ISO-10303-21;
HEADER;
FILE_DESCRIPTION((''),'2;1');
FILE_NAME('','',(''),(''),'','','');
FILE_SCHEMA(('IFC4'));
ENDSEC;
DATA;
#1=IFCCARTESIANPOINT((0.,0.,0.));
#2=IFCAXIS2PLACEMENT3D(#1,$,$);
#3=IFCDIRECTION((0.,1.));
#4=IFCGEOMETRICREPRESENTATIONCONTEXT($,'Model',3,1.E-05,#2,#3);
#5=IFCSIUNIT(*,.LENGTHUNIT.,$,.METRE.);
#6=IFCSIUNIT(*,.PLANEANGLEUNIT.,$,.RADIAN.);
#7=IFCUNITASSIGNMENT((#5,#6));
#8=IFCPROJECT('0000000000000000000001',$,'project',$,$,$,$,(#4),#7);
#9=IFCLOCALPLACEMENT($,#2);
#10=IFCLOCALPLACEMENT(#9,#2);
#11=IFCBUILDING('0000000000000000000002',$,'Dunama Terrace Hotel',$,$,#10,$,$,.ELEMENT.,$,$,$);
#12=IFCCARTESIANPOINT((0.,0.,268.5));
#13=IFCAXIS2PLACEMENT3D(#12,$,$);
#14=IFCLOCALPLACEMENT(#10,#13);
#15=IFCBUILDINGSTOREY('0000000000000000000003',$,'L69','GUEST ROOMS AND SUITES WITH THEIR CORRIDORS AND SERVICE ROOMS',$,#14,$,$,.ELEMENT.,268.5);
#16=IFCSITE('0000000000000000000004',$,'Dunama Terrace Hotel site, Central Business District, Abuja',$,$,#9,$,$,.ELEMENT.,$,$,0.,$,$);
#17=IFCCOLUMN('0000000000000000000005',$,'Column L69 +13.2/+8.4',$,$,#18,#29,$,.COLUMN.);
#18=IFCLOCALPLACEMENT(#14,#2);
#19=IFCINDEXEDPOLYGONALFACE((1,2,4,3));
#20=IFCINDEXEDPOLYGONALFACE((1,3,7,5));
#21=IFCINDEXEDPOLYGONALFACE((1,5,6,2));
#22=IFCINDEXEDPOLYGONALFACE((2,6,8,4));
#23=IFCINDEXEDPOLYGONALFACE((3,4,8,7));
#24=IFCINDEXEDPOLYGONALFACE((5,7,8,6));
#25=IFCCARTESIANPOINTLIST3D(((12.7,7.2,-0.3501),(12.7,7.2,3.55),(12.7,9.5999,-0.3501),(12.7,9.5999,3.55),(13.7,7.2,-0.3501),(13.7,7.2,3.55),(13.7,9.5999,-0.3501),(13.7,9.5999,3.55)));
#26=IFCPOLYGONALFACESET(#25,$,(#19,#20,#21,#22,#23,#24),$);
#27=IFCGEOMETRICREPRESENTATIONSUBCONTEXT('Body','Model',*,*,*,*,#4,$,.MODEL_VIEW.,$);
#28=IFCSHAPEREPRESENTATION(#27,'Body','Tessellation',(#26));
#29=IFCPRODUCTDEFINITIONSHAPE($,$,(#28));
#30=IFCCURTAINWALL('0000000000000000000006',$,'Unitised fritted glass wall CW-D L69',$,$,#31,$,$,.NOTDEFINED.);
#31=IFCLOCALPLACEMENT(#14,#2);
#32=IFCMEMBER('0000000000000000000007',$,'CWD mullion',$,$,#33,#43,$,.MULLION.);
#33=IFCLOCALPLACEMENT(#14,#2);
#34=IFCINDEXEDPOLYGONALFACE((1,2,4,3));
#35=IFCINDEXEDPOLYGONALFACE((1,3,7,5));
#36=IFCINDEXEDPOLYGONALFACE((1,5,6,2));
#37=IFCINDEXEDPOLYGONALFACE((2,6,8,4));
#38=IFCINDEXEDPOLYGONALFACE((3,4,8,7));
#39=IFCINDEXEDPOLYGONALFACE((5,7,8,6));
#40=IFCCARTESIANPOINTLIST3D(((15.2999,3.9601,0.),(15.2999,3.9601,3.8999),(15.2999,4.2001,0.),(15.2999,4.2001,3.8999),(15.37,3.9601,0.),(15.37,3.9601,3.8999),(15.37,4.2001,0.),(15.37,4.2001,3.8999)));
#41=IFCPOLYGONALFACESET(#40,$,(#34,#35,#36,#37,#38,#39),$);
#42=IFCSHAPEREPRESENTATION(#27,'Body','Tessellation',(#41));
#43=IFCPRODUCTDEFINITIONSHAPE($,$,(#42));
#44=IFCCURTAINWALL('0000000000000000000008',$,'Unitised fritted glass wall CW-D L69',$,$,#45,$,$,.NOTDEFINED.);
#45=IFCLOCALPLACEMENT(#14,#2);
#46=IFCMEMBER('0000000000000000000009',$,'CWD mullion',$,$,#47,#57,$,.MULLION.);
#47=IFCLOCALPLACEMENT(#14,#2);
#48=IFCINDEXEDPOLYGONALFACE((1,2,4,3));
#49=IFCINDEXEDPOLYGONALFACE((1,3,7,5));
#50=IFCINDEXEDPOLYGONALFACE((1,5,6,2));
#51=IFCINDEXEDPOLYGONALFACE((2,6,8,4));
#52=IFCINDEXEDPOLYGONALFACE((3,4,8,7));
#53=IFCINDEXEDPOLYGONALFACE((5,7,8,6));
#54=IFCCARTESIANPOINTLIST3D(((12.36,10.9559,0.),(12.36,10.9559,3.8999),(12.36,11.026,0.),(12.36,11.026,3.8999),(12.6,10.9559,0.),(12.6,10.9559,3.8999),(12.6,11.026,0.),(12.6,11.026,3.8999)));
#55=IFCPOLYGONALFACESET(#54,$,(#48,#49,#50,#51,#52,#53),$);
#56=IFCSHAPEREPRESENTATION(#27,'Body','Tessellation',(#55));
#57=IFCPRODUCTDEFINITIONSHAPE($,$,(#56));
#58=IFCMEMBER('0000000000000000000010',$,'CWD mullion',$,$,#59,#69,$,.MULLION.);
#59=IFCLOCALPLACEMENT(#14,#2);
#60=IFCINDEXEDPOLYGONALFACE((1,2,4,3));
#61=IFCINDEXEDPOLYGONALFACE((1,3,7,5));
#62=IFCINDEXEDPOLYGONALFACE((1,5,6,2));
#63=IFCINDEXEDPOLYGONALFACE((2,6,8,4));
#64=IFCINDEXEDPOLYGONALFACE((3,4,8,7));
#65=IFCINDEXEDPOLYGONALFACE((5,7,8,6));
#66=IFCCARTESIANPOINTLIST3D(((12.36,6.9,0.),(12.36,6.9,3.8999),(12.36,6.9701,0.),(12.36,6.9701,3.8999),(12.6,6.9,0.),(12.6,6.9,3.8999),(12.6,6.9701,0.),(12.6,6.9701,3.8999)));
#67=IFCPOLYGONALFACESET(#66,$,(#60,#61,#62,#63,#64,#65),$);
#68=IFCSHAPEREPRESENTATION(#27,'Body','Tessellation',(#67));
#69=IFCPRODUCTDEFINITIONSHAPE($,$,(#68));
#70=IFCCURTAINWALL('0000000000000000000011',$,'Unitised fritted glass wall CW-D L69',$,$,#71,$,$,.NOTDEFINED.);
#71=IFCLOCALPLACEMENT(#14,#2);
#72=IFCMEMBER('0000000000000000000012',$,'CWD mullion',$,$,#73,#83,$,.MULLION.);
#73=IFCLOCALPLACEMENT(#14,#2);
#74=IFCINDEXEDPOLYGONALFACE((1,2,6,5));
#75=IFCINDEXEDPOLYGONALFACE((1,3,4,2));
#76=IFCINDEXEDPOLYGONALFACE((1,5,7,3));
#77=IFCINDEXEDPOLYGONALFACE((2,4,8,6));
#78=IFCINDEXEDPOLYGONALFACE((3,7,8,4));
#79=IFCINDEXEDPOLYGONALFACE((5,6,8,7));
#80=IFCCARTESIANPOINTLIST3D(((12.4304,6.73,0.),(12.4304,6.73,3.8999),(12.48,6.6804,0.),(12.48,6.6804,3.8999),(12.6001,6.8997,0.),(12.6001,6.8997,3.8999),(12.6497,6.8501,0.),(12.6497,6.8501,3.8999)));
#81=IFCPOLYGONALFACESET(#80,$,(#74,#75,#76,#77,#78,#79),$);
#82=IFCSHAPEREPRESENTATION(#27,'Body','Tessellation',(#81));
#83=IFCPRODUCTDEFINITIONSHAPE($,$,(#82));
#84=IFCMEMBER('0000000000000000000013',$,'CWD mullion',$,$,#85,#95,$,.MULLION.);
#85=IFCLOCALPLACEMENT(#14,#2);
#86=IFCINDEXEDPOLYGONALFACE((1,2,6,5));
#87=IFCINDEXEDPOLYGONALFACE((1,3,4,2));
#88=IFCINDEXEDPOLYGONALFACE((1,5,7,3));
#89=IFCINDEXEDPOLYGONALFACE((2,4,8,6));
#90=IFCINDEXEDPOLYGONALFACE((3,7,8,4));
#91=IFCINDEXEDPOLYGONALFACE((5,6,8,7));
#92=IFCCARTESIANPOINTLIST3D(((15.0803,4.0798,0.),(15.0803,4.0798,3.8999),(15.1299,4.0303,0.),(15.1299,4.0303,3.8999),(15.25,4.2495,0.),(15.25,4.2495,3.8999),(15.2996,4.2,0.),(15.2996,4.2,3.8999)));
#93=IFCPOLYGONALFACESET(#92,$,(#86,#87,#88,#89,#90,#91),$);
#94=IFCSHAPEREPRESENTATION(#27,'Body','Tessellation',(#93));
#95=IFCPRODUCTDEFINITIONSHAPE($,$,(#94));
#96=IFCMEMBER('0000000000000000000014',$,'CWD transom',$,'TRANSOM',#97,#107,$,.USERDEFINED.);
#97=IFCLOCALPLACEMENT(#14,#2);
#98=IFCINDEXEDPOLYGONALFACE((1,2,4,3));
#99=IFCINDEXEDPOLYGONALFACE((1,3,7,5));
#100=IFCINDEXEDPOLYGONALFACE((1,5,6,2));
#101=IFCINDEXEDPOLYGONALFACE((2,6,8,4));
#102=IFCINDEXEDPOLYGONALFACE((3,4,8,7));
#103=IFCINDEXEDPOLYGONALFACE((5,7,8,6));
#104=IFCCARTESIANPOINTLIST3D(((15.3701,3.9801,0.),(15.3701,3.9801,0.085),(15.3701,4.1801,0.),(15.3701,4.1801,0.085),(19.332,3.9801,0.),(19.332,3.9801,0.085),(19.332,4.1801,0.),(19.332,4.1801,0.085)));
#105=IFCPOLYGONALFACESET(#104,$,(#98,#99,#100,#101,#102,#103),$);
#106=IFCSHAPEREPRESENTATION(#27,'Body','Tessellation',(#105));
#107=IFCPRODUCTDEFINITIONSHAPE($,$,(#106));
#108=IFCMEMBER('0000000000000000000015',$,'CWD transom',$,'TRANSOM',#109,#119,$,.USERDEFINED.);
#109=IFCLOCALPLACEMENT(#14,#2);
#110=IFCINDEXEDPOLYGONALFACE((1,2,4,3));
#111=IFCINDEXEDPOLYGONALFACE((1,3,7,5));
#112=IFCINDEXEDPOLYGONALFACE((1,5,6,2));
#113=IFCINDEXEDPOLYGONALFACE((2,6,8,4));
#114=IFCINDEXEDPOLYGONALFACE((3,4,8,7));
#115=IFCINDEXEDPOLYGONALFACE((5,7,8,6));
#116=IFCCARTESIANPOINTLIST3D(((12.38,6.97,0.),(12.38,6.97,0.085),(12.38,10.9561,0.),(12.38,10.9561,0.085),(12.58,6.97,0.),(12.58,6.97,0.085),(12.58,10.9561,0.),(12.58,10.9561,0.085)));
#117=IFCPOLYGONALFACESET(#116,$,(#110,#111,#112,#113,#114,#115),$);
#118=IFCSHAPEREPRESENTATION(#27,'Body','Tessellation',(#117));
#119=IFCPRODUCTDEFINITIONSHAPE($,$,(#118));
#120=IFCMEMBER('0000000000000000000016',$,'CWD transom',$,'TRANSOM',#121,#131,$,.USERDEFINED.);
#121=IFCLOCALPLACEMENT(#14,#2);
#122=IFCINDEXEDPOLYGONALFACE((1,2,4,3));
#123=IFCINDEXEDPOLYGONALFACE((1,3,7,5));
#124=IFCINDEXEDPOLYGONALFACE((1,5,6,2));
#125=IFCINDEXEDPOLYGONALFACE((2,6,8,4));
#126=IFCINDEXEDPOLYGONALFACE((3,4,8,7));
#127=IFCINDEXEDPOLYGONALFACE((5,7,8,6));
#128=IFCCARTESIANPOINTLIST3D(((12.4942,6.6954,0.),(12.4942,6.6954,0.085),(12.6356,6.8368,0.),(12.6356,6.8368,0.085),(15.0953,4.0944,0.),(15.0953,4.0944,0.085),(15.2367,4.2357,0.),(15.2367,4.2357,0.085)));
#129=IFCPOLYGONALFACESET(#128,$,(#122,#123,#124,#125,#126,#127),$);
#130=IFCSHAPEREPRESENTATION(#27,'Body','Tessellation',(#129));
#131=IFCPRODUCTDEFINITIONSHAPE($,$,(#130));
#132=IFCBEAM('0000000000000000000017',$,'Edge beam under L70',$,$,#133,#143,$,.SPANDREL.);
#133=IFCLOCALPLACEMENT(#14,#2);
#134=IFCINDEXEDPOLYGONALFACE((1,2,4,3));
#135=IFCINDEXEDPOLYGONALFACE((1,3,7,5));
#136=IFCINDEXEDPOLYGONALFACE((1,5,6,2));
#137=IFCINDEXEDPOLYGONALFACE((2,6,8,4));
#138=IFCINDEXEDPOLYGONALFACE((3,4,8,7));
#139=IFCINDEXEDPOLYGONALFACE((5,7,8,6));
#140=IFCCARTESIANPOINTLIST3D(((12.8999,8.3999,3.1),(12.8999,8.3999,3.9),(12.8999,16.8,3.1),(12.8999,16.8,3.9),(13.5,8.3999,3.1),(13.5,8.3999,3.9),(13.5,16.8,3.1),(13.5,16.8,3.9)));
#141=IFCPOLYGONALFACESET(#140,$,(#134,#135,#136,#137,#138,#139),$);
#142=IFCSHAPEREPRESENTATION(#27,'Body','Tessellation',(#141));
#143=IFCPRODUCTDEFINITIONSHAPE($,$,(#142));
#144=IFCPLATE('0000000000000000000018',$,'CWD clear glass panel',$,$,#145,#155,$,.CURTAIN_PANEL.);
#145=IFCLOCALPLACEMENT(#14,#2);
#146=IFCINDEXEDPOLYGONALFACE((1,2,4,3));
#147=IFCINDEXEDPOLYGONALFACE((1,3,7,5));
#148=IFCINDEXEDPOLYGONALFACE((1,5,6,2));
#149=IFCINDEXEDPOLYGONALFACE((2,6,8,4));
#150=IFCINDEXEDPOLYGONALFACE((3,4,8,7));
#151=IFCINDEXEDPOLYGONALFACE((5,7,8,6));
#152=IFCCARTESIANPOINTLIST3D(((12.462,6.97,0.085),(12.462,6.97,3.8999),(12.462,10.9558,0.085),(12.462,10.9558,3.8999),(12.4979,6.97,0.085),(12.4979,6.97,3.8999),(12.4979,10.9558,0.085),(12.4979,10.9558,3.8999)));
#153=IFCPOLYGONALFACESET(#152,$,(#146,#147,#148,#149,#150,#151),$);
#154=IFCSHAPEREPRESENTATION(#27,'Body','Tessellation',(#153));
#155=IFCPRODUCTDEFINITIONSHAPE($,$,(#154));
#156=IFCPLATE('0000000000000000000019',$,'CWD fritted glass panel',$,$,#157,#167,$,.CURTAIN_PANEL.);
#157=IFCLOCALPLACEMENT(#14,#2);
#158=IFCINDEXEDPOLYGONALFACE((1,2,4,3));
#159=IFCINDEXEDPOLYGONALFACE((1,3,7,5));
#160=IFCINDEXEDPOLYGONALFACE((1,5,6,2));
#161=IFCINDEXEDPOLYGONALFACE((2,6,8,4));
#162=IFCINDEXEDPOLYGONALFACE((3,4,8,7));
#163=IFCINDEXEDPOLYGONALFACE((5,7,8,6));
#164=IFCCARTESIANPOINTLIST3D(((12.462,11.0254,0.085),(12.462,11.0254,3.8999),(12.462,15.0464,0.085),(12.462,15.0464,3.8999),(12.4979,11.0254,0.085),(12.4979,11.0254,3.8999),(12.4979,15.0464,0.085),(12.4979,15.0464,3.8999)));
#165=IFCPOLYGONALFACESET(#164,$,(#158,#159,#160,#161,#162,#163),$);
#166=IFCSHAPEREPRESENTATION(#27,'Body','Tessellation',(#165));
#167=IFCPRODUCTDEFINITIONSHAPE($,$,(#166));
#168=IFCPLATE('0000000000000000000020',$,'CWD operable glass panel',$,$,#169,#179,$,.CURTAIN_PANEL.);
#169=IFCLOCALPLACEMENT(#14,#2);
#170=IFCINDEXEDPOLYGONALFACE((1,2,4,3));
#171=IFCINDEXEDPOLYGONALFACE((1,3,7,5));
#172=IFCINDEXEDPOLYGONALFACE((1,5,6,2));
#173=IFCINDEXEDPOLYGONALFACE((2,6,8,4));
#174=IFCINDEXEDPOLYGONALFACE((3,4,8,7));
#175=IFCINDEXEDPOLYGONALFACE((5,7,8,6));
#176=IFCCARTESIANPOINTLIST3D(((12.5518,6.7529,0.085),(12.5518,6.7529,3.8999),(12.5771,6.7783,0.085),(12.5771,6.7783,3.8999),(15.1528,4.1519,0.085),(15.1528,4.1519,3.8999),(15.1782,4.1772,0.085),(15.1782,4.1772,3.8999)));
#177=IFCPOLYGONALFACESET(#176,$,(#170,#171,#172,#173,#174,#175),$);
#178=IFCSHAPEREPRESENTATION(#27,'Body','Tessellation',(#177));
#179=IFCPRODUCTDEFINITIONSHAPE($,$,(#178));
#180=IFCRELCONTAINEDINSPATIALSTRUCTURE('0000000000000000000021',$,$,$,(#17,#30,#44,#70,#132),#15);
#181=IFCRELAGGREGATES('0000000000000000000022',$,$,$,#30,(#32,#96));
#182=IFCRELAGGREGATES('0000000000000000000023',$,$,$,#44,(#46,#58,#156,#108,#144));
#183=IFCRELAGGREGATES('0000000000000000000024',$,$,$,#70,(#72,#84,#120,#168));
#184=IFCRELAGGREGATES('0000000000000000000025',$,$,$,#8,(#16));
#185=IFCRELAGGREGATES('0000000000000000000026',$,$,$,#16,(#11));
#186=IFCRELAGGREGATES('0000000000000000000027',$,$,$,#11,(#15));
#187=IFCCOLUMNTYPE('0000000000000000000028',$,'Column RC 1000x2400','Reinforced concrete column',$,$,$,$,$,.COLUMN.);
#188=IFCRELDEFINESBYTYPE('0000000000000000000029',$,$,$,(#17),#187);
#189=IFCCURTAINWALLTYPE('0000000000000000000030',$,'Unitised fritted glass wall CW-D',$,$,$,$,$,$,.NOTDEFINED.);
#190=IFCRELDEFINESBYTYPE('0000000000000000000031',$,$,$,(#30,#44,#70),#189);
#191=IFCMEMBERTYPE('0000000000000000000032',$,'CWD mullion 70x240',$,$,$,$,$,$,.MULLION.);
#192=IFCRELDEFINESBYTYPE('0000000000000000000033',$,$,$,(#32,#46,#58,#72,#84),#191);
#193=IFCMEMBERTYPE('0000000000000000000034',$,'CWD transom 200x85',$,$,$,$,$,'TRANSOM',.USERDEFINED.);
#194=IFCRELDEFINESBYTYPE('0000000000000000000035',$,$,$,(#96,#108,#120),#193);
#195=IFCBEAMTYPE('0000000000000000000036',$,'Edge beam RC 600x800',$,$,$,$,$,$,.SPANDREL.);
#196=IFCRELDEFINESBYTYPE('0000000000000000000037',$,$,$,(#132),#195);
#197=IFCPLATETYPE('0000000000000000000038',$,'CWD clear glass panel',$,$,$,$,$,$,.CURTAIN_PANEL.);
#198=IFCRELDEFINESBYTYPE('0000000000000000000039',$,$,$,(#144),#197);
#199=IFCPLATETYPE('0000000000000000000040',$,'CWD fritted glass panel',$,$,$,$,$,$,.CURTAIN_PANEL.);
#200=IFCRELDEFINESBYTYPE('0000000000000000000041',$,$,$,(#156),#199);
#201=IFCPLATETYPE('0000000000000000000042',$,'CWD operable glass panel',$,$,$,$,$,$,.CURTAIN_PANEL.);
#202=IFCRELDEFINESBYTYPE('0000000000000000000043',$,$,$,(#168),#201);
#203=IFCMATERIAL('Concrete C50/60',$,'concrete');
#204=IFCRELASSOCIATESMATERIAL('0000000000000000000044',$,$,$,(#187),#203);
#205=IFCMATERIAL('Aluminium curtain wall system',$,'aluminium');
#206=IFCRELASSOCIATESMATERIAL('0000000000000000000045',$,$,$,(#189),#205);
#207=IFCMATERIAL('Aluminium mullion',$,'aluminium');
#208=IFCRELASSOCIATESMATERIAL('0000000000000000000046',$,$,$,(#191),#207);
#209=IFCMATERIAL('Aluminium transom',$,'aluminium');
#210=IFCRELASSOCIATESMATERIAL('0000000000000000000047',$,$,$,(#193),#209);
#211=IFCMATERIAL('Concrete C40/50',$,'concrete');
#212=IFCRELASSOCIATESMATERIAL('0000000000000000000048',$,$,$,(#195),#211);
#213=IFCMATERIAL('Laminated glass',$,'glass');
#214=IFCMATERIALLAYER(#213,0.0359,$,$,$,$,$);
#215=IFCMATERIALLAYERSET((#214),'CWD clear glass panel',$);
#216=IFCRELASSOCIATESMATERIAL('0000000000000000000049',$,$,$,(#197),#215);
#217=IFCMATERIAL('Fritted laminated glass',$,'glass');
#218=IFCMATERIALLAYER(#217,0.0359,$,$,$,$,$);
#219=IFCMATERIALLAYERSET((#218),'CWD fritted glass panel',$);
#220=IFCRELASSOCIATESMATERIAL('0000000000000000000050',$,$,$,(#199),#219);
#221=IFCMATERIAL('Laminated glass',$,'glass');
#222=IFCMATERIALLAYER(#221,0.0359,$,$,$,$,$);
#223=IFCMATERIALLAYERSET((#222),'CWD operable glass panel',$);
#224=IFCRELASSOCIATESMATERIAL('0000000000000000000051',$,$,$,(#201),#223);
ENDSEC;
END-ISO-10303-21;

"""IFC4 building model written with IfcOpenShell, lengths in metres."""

from ifc_helpers import new_model, si_unit, direction, frame, origin, origin_2d, place, context, subcontext, project, spatial, rectangle, extrude, material, layer, layer_set, material_profile, profile_set, type_object, element, aggregate, save


model = new_model("IFC4")

# Units and contexts
model_context = context("Model", 3, precision=1e-05, world=origin(), true_north=direction((0.0, 1.0)))
body_context = subcontext(model_context, "Body", "Model", "MODEL_VIEW")
ifc_project = project(units=[si_unit("LENGTHUNIT", "METRE"), si_unit("PLANEANGLEUNIT", "RADIAN")], contexts=[model_context])

# Site, building, storey
site_placement = place(None, origin())
site = spatial("IfcSite", under=ifc_project, at=site_placement, Name="Dunama Terrace Hotel site, Central Business District, Abuja", CompositionType="ELEMENT", RefElevation=0.0)
building_placement = place(site_placement, origin())
building = spatial("IfcBuilding", under=site, at=building_placement, Name="Dunama Terrace Hotel", CompositionType="ELEMENT")
storey_placement = place(building_placement, frame((0.0, 0.0, 268.5)))
storey = spatial("IfcBuildingStorey", under=building, at=storey_placement, Name="L69", Description="GUEST ROOMS AND SUITES WITH THEIR CORRIDORS AND SERVICE ROOMS", CompositionType="ELEMENT", Elevation=268.5)

# Column
ifc_material_1 = material(Name="Concrete C50/60", Category="concrete")
ifc_material_profile_1 = material_profile(ifc_material_1, rectangle(XDim=1.0, YDim=2.3999, at=origin_2d()), Name="RC 1000x2400")
ifc_profile_set_1 = profile_set([ifc_material_profile_1], Name="Concrete C50/60")
column_type = type_object("IfcColumnType", Name="Column RC 1000x2400", Description="Reinforced concrete column", PredefinedType="COLUMN", material=ifc_profile_set_1)
column_placement = place(storey_placement, frame((13.2, 8.3999, -0.3501), z_axis=(0.0, 0.0, 1.0), x_axis=(1.0, 0.0, 0.0)))
element("IfcColumn", 1, at=column_placement, inside=storey, type_object=column_type, Name="Column L69 +13.2/+8.4", PredefinedType="COLUMN", context=body_context, shape_type="SweptSolid", body=[
    extrude(rectangle(XDim=1.0, YDim=2.3999, at=origin_2d()), origin(), (0.0, 0.0, 1.0), 3.9001),
])

# Curtain wall, member
ifc_material_2 = material(Name="Aluminium curtain wall system", Category="aluminium")
curtain_wall_type = type_object("IfcCurtainWallType", Name="Unitised fritted glass wall CW-D", PredefinedType="NOTDEFINED", material=ifc_material_2)
curtain_wall_1_placement = place(storey_placement, origin())
curtain_wall_1 = element("IfcCurtainWall", 2, at=curtain_wall_1_placement, inside=storey, type_object=curtain_wall_type, Name="Unitised fritted glass wall CW-D L69", PredefinedType="NOTDEFINED")
ifc_material_3 = material(Name="Aluminium mullion", Category="aluminium")
ifc_material_profile_2 = material_profile(ifc_material_3, rectangle(XDim=0.0701, YDim=0.24, at=origin_2d()), Name="CWD MULLION 70X240")
ifc_profile_set_2 = profile_set([ifc_material_profile_2], Name="Aluminium mullion")
member_type_1 = type_object("IfcMemberType", Name="CWD mullion 70x240", PredefinedType="MULLION", material=ifc_profile_set_2)
member_1_placement = place(storey_placement, frame((15.335, 4.0801, 0.0), z_axis=(0.0, 0.0, 1.0), x_axis=(1.0, 0.0, 0.0)))
member_1 = element("IfcMember", 3, at=member_1_placement, type_object=member_type_1, Name="CWD mullion", PredefinedType="MULLION", context=body_context, shape_type="SweptSolid", body=[
    extrude(rectangle(XDim=0.0701, YDim=0.24, at=origin_2d()), origin(), (0.0, 0.0, 1.0), 3.8999),
])

# Curtain walls, members
curtain_wall_2_placement = place(storey_placement, origin())
curtain_wall_2 = element("IfcCurtainWall", 4, at=curtain_wall_2_placement, inside=storey, type_object=curtain_wall_type, Name="Unitised fritted glass wall CW-D L69", PredefinedType="NOTDEFINED")
member_2_placement = place(storey_placement, frame((12.48, 10.991, 0.0), z_axis=(0.0, 0.0, 1.0), x_axis=(0.0, -1.0, 0.0)))
member_2 = element("IfcMember", 5, at=member_2_placement, type_object=member_type_1, Name="CWD mullion", PredefinedType="MULLION", context=body_context, shape_type="SweptSolid", body=[
    extrude(rectangle(XDim=0.0701, YDim=0.24, at=origin_2d()), origin(), (0.0, 0.0, 1.0), 3.8999),
])
member_3_placement = place(storey_placement, frame((12.48, 6.9351, 0.0), z_axis=(0.0, 0.0, 1.0), x_axis=(0.0, -1.0, 0.0)))
member_3 = element("IfcMember", 6, at=member_3_placement, type_object=member_type_1, Name="CWD mullion", PredefinedType="MULLION", context=body_context, shape_type="SweptSolid", body=[
    extrude(rectangle(XDim=0.0701, YDim=0.24, at=origin_2d()), origin(), (0.0, 0.0, 1.0), 3.8999),
])
curtain_wall_3_placement = place(storey_placement, origin())
curtain_wall_3 = element("IfcCurtainWall", 7, at=curtain_wall_3_placement, inside=storey, type_object=curtain_wall_type, Name="Unitised fritted glass wall CW-D L69", PredefinedType="NOTDEFINED")
member_4_placement = place(storey_placement, frame((12.54, 6.79, 0.0), z_axis=(0.0, 0.0, 1.0), x_axis=(0.707107, -0.707107, 0.0)))
member_4 = element("IfcMember", 8, at=member_4_placement, type_object=member_type_1, Name="CWD mullion", PredefinedType="MULLION", context=body_context, shape_type="SweptSolid", body=[
    extrude(rectangle(XDim=0.0701, YDim=0.24, at=origin_2d()), origin(), (0.0, 0.0, 1.0), 3.8999),
])
member_5_placement = place(storey_placement, frame((15.1899, 4.1399, 0.0), z_axis=(0.0, 0.0, 1.0), x_axis=(0.707107, -0.707107, 0.0)))
member_5 = element("IfcMember", 9, at=member_5_placement, type_object=member_type_1, Name="CWD mullion", PredefinedType="MULLION", context=body_context, shape_type="SweptSolid", body=[
    extrude(rectangle(XDim=0.0701, YDim=0.24, at=origin_2d()), origin(), (0.0, 0.0, 1.0), 3.8999),
])

# Members
ifc_material_4 = material(Name="Aluminium transom", Category="aluminium")
ifc_material_profile_3 = material_profile(ifc_material_4, rectangle(XDim=0.2, YDim=0.085, at=origin_2d()), Name="CWD TRANSOM 200X85")
ifc_profile_set_3 = profile_set([ifc_material_profile_3], Name="Aluminium transom")
member_type_2 = type_object("IfcMemberType", Name="CWD transom 200x85", ElementType="TRANSOM", PredefinedType="USERDEFINED", material=ifc_profile_set_3)
member_6_placement = place(storey_placement, frame((15.3701, 4.0801, 0.0425), z_axis=(1.0, 0.0, 0.0), x_axis=(0.0, 1.0, 0.0)))
member_6 = element("IfcMember", 10, at=member_6_placement, type_object=member_type_2, Name="CWD transom", ObjectType="TRANSOM", PredefinedType="USERDEFINED", context=body_context, shape_type="SweptSolid", body=[
    extrude(rectangle(XDim=0.2, YDim=0.085, at=origin_2d()), origin(), (0.0, 0.0, 1.0), 3.9619),
])
aggregate(curtain_wall_1, [member_1, member_6])
member_7_placement = place(storey_placement, frame((12.48, 10.9561, 0.0425), z_axis=(0.0, -1.0, 0.0), x_axis=(1.0, 0.0, 0.0)))
member_7 = element("IfcMember", 11, at=member_7_placement, type_object=member_type_2, Name="CWD transom", ObjectType="TRANSOM", PredefinedType="USERDEFINED", context=body_context, shape_type="SweptSolid", body=[
    extrude(rectangle(XDim=0.2, YDim=0.085, at=origin_2d()), origin(), (0.0, 0.0, 1.0), 3.9861),
])
member_8_placement = place(storey_placement, frame((12.5649, 6.7661, 0.0425), z_axis=(0.707107, -0.707107, 0.0), x_axis=(0.707107, 0.707107, 0.0)))
member_8 = element("IfcMember", 12, at=member_8_placement, type_object=member_type_2, Name="CWD transom", ObjectType="TRANSOM", PredefinedType="USERDEFINED", context=body_context, shape_type="SweptSolid", body=[
    extrude(rectangle(XDim=0.2, YDim=0.085, at=origin_2d()), origin(), (0.0, 0.0, 1.0), 3.6785),
])

# Beam
ifc_material_5 = material(Name="Concrete C40/50", Category="concrete")
ifc_material_profile_4 = material_profile(ifc_material_5, rectangle(XDim=0.6001, YDim=0.8, at=origin_2d()), Name="RC 600x800")
ifc_profile_set_4 = profile_set([ifc_material_profile_4], Name="Concrete C40/50")
beam_type = type_object("IfcBeamType", Name="Edge beam RC 600x800", PredefinedType="SPANDREL", material=ifc_profile_set_4)
beam_placement = place(storey_placement, frame((13.2, 8.3999, 3.5), z_axis=(0.0, 1.0, 0.0), x_axis=(-1.0, 0.0, 0.0)))
element("IfcBeam", 13, at=beam_placement, inside=storey, type_object=beam_type, Name="Edge beam under L70", PredefinedType="SPANDREL", context=body_context, shape_type="SweptSolid", body=[
    extrude(rectangle(XDim=0.6001, YDim=0.8, at=origin_2d()), origin(), (0.0, 0.0, 1.0), 8.4001),
])

# Plates
ifc_material_6 = material(Name="Laminated glass", Category="glass")
ifc_layer_1 = layer(ifc_material_6, 0.0359)
ifc_layer_set_1 = layer_set([ifc_layer_1], Name="CWD clear glass panel")
plate_type_1 = type_object("IfcPlateType", Name="CWD clear glass panel", PredefinedType="CURTAIN_PANEL", material=ifc_layer_set_1)
plate_1_placement = place(storey_placement, frame((12.48, 8.9629, 0.085), z_axis=(0.0, 0.0, 1.0), x_axis=(0.0, -1.0, 0.0)))
plate_1 = element("IfcPlate", 14, at=plate_1_placement, type_object=plate_type_1, Name="CWD clear glass panel", PredefinedType="CURTAIN_PANEL", context=body_context, shape_type="SweptSolid", body=[
    extrude(rectangle(XDim=3.9858, YDim=0.0359, at=origin_2d()), origin(), (0.0, 0.0, 1.0), 3.8149),
])
ifc_material_7 = material(Name="Fritted laminated glass", Category="glass")
ifc_layer_2 = layer(ifc_material_7, 0.0359)
ifc_layer_set_2 = layer_set([ifc_layer_2], Name="CWD fritted glass panel")
plate_type_2 = type_object("IfcPlateType", Name="CWD fritted glass panel", PredefinedType="CURTAIN_PANEL", material=ifc_layer_set_2)
plate_2_placement = place(storey_placement, frame((12.48, 13.0359, 0.085), z_axis=(0.0, 0.0, 1.0), x_axis=(0.0, -1.0, 0.0)))
plate_2 = element("IfcPlate", 15, at=plate_2_placement, type_object=plate_type_2, Name="CWD fritted glass panel", PredefinedType="CURTAIN_PANEL", context=body_context, shape_type="SweptSolid", body=[
    extrude(rectangle(XDim=4.021, YDim=0.0359, at=origin_2d()), origin(), (0.0, 0.0, 1.0), 3.8149),
])
aggregate(curtain_wall_2, [member_2, member_3, plate_2, member_7, plate_1])
ifc_material_8 = material(Name="Laminated glass", Category="glass")
ifc_layer_3 = layer(ifc_material_8, 0.0359)
ifc_layer_set_3 = layer_set([ifc_layer_3], Name="CWD operable glass panel")
plate_type_3 = type_object("IfcPlateType", Name="CWD operable glass panel", PredefinedType="CURTAIN_PANEL", material=ifc_layer_set_3)
plate_3_placement = place(storey_placement, frame((13.865, 5.4651, 0.085), z_axis=(0.0, 0.0, 1.0), x_axis=(0.707107, -0.707107, 0.0)))
plate_3 = element("IfcPlate", 16, at=plate_3_placement, type_object=plate_type_3, Name="CWD operable glass panel", PredefinedType="CURTAIN_PANEL", context=body_context, shape_type="SweptSolid", body=[
    extrude(rectangle(XDim=3.6785, YDim=0.0359, at=origin_2d()), origin(), (0.0, 0.0, 1.0), 3.8149),
])
aggregate(curtain_wall_3, [member_4, member_5, member_8, plate_3])

save(model, "model.ifc")
